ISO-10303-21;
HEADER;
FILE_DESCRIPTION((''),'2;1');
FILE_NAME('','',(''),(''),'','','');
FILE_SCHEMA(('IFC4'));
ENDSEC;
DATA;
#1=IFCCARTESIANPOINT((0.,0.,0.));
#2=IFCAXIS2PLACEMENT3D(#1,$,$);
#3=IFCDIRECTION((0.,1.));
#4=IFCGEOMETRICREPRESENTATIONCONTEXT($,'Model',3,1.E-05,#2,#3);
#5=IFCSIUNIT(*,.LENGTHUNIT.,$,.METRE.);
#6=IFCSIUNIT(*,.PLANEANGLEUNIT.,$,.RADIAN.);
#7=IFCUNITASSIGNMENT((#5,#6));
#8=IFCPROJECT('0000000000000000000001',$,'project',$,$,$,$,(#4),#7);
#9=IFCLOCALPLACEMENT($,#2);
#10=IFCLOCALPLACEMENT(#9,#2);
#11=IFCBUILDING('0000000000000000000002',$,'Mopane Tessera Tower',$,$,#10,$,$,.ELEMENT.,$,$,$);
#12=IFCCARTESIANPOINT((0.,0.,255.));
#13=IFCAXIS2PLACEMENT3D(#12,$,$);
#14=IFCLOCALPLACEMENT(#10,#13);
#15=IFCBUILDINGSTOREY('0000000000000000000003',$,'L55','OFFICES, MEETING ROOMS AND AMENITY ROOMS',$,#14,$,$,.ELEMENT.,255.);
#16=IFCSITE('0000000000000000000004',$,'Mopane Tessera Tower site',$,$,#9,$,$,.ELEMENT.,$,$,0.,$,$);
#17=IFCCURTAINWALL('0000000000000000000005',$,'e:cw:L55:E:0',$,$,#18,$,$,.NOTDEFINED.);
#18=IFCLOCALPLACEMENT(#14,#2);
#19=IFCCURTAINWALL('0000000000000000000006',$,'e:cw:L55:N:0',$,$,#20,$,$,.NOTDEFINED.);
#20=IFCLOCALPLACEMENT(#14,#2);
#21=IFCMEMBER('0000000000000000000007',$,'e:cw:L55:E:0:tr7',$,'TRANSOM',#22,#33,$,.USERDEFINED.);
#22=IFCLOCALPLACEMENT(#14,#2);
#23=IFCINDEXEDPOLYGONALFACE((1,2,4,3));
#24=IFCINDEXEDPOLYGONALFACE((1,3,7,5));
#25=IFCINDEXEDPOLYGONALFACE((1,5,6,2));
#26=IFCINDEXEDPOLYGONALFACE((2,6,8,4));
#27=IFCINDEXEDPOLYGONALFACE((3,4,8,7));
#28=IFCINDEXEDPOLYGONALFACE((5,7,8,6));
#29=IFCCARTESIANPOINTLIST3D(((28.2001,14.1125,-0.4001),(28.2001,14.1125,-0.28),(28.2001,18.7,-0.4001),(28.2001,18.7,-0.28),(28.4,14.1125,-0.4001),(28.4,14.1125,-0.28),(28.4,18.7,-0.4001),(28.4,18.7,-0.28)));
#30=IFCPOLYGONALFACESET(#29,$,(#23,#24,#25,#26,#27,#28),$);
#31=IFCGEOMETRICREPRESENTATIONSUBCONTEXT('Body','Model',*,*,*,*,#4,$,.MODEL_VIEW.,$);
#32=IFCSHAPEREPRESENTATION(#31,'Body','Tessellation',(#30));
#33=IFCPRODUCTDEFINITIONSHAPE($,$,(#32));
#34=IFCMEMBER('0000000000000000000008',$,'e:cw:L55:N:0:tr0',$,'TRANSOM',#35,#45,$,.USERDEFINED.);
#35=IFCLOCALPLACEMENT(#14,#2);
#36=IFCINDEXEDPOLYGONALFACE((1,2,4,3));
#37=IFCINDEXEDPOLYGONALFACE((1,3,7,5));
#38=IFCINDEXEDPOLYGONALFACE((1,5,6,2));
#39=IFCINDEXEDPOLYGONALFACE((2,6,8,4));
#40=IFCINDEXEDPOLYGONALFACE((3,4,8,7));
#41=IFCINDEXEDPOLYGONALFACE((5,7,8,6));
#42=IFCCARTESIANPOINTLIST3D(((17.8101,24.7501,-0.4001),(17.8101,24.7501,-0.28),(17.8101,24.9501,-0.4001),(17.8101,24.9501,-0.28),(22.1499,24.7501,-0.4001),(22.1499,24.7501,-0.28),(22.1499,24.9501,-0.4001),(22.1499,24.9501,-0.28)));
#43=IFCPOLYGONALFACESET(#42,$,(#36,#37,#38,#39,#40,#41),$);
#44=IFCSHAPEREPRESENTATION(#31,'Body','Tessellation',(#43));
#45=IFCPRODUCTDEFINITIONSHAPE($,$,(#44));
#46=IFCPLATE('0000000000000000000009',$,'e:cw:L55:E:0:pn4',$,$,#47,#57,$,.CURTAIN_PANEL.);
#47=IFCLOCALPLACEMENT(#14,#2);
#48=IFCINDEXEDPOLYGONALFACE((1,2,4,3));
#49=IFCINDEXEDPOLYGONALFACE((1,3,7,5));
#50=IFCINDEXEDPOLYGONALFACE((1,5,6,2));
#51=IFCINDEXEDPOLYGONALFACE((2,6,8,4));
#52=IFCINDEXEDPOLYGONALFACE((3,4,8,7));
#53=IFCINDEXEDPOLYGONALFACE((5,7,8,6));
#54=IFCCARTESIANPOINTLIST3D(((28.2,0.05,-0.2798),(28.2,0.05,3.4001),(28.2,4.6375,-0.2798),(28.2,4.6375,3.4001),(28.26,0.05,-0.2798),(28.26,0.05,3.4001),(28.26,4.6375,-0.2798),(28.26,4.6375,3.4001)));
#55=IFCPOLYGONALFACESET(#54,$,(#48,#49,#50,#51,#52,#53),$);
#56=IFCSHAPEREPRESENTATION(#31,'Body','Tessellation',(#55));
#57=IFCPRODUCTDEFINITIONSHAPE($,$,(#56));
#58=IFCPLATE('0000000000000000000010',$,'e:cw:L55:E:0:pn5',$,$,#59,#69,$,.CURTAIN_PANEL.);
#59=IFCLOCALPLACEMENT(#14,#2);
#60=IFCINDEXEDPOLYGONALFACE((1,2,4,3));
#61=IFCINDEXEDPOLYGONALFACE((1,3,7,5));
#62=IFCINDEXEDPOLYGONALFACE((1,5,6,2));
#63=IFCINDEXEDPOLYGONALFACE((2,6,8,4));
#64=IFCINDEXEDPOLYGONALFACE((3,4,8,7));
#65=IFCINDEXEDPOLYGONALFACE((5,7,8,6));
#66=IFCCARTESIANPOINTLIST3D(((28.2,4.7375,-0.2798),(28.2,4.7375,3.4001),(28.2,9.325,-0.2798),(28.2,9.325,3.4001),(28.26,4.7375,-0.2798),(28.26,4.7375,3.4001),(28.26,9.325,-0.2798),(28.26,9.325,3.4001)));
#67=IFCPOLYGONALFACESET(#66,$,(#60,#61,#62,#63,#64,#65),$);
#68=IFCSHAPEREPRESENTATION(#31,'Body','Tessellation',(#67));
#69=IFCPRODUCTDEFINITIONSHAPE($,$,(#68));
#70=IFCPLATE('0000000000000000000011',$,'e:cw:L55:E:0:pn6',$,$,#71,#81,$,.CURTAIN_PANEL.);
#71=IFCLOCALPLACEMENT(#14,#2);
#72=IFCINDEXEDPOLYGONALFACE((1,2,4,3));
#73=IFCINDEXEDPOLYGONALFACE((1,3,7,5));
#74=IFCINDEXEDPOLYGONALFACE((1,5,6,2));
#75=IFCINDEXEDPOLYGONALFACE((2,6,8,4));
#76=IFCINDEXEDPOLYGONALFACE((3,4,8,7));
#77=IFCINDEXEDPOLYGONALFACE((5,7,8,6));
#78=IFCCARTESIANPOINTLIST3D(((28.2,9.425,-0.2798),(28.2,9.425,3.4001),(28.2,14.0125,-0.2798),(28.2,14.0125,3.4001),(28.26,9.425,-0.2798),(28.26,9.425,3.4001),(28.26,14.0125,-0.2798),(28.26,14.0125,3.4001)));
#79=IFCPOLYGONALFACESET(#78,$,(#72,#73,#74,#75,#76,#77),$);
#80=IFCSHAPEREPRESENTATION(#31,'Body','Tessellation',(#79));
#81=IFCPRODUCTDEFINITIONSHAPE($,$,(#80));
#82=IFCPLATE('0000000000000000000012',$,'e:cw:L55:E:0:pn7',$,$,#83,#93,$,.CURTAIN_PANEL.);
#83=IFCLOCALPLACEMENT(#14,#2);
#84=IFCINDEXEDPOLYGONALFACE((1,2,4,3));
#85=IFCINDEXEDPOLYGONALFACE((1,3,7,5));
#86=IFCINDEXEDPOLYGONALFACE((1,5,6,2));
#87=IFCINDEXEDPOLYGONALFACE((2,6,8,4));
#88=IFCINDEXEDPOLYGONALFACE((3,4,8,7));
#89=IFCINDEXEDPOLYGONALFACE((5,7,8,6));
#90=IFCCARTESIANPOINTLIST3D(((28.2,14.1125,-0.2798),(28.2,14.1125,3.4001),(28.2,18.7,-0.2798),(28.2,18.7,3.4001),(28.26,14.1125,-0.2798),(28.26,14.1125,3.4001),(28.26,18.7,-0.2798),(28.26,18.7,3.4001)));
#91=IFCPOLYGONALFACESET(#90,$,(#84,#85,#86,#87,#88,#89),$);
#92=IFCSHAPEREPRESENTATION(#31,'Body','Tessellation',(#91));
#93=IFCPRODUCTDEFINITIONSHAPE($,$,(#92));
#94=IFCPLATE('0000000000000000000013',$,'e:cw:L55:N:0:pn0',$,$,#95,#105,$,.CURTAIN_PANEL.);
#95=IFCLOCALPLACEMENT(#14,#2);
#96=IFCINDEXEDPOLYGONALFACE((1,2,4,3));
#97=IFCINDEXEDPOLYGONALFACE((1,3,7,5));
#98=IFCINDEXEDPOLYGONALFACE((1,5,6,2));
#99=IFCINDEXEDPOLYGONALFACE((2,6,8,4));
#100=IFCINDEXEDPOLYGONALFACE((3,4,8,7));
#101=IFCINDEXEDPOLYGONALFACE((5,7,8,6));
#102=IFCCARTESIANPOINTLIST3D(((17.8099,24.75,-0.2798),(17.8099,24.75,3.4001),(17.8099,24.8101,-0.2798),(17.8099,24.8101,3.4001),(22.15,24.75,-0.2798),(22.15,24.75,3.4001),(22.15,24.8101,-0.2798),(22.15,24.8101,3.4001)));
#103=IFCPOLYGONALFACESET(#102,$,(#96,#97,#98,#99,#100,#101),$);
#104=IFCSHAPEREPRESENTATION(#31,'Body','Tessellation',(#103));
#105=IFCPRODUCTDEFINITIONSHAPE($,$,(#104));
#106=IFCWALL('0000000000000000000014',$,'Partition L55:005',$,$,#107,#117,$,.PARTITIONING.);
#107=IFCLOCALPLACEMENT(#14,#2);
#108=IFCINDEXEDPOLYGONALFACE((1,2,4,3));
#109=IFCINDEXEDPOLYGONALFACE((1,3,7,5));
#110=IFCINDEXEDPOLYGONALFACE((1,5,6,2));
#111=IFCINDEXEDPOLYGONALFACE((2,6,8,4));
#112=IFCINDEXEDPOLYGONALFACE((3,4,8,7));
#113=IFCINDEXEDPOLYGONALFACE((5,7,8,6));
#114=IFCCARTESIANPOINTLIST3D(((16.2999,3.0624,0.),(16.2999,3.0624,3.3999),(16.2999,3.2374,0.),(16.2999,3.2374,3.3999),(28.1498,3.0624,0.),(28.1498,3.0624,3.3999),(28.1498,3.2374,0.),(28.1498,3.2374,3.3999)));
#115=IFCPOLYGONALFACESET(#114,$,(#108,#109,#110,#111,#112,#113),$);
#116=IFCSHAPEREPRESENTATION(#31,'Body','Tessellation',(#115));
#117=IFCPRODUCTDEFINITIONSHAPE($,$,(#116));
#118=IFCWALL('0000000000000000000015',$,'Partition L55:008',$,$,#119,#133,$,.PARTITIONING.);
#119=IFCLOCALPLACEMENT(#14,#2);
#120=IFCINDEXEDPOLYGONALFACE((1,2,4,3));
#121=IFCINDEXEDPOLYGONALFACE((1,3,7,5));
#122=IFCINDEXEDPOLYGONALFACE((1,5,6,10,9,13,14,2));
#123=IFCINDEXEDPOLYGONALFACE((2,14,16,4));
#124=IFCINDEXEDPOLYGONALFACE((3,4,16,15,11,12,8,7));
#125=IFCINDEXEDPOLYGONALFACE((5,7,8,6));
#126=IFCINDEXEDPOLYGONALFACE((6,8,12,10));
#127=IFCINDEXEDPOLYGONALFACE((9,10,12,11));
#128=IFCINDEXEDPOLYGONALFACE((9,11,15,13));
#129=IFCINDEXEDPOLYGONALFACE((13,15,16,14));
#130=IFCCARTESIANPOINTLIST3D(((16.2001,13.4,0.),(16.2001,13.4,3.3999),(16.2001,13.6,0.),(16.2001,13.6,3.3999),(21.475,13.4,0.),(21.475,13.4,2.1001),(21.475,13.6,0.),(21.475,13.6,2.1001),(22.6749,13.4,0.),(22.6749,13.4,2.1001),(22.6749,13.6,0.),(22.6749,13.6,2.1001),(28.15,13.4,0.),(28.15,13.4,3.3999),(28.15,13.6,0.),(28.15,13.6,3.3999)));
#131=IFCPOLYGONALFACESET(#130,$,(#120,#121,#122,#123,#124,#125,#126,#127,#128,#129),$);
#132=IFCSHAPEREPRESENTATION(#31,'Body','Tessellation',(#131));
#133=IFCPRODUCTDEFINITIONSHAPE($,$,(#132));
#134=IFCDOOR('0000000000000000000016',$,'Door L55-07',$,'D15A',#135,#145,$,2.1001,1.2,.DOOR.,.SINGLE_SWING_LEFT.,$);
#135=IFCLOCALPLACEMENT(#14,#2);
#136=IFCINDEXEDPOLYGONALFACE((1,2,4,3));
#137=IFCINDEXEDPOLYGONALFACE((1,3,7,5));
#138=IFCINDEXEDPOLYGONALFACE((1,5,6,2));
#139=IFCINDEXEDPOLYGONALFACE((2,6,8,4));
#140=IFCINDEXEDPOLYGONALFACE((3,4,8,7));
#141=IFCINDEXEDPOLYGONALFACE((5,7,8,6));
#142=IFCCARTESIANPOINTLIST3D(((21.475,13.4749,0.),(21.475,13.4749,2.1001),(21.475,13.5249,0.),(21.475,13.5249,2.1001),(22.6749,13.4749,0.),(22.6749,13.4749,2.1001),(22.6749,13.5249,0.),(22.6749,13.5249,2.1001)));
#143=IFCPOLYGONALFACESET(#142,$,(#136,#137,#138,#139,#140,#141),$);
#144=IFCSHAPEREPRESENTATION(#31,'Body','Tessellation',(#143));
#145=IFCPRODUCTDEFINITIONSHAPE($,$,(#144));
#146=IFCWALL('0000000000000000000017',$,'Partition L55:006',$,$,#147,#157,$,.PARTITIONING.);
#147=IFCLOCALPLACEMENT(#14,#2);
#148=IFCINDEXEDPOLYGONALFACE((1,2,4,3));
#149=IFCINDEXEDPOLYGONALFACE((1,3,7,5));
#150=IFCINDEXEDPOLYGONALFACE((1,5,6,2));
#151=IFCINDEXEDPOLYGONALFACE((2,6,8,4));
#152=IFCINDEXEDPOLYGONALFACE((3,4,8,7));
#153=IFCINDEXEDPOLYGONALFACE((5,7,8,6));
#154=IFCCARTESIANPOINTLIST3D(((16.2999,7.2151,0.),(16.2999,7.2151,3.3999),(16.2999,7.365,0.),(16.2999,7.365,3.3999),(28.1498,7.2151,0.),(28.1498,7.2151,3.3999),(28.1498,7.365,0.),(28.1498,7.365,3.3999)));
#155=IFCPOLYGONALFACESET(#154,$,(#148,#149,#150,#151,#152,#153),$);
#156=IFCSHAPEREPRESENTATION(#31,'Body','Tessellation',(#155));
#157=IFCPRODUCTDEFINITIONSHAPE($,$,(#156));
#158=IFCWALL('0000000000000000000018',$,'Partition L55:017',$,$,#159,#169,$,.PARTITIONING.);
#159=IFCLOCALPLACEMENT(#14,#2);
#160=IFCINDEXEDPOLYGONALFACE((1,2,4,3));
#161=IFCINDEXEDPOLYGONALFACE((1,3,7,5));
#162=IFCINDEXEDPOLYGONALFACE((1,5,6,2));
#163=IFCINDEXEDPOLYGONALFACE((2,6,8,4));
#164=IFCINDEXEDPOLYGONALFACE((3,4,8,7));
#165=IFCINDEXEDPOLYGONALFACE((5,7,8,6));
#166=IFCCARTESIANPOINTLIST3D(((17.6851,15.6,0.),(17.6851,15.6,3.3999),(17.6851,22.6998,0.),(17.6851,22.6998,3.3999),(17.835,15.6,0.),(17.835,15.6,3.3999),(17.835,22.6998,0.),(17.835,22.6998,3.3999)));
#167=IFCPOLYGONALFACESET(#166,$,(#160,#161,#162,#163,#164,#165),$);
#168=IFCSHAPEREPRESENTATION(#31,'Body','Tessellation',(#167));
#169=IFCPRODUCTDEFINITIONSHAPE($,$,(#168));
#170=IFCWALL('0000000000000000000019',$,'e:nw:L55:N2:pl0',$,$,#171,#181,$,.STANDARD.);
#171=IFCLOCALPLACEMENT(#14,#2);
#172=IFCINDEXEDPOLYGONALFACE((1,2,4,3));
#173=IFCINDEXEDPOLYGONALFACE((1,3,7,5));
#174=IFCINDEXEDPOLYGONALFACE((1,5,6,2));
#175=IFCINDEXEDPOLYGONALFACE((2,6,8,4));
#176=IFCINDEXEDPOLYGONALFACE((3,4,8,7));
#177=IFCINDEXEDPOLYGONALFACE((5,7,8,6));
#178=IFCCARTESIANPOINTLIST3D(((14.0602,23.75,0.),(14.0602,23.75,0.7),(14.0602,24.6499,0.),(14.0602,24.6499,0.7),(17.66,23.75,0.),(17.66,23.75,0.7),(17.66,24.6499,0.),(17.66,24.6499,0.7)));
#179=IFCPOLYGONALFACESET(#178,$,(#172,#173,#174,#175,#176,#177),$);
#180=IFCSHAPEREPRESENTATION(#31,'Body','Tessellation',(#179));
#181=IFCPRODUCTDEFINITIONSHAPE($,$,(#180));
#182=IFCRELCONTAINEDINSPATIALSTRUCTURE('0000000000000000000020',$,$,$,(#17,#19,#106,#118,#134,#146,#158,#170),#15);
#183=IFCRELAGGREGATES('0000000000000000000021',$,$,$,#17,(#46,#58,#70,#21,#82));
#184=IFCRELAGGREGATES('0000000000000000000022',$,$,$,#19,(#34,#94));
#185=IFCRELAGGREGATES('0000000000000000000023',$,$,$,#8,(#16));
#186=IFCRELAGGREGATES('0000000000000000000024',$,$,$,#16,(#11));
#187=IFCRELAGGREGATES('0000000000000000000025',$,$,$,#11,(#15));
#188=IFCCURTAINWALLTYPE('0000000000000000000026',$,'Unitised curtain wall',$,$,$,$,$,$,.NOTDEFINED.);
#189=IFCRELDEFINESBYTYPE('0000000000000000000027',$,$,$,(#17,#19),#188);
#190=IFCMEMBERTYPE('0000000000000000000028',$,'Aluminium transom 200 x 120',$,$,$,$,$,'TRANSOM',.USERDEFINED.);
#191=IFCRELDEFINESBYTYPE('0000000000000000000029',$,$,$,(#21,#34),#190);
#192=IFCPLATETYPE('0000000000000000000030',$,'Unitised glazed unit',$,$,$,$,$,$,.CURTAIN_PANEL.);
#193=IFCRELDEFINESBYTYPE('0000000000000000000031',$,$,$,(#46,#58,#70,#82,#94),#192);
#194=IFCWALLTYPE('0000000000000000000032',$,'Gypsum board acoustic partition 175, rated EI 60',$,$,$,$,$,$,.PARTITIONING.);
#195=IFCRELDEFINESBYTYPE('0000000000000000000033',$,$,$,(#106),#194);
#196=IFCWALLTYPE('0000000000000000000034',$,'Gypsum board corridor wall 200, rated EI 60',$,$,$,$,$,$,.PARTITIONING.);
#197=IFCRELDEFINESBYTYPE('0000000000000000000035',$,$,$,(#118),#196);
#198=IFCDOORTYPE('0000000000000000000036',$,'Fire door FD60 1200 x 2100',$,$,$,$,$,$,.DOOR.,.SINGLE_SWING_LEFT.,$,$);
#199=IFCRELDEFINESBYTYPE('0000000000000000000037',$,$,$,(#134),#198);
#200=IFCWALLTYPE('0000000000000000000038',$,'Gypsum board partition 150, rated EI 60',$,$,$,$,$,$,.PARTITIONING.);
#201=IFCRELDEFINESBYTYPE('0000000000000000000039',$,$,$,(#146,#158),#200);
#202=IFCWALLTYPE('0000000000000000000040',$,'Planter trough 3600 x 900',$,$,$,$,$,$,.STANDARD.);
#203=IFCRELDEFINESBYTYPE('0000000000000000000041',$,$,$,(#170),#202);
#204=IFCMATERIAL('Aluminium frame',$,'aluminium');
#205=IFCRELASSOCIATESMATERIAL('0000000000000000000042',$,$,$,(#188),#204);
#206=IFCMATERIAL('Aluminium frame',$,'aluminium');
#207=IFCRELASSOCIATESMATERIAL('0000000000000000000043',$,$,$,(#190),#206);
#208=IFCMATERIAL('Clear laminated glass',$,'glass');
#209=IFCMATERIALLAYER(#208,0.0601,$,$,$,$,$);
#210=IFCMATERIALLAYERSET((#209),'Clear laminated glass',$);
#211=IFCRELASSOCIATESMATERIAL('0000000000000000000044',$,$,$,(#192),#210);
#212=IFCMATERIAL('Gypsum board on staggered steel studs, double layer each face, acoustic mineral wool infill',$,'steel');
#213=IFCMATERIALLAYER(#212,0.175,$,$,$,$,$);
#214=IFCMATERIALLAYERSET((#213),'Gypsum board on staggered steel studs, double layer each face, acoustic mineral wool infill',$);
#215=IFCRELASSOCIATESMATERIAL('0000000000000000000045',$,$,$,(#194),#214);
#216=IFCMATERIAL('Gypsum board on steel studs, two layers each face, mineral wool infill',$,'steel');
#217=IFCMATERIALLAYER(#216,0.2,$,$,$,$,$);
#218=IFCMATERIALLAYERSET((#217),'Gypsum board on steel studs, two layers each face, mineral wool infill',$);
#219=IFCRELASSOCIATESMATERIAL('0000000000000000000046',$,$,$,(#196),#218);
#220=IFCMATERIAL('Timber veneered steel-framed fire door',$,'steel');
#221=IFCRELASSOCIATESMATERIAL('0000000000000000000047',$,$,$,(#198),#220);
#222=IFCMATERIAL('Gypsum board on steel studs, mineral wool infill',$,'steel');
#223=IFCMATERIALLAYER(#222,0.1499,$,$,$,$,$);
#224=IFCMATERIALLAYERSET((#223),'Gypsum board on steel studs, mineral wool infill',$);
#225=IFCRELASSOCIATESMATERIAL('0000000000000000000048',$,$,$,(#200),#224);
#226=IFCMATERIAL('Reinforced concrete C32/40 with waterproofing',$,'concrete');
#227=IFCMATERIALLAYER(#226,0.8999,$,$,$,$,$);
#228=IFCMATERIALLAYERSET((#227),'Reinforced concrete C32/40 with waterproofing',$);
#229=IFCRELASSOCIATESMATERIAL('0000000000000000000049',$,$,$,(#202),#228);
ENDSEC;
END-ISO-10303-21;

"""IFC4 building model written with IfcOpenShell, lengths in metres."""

from ifc_helpers import new_model, si_unit, direction, frame, frame_2d, origin, origin_2d, place, context, subcontext, project, spatial, rectangle, extrude, material, layer, layer_set, material_profile, profile_set, type_object, element, fill, aggregate, save


model = new_model("IFC4")

# Units and contexts
model_context = context("Model", 3, precision=1e-05, world=origin(), true_north=direction((0.0, 1.0)))
body_context = subcontext(model_context, "Body", "Model", "MODEL_VIEW")
ifc_project = project(units=[si_unit("LENGTHUNIT", "METRE"), si_unit("PLANEANGLEUNIT", "RADIAN")], contexts=[model_context])

# Site, building, storey
site_placement = place(None, origin())
site = spatial("IfcSite", under=ifc_project, at=site_placement, Name="Mopane Tessera Tower site", CompositionType="ELEMENT", RefElevation=0.0)
building_placement = place(site_placement, origin())
building = spatial("IfcBuilding", under=site, at=building_placement, Name="Mopane Tessera Tower", CompositionType="ELEMENT")
storey_placement = place(building_placement, frame((0.0, 0.0, 255.0)))
storey = spatial("IfcBuildingStorey", under=building, at=storey_placement, Name="L55", Description="OFFICES, MEETING ROOMS AND AMENITY ROOMS", CompositionType="ELEMENT", Elevation=255.0)

# Curtain walls
ifc_material_1 = material(Name="Aluminium frame", Category="aluminium")
curtain_wall_type = type_object("IfcCurtainWallType", Name="Unitised curtain wall", PredefinedType="NOTDEFINED", material=ifc_material_1)
curtain_wall_1_placement = place(storey_placement, origin())
curtain_wall_1 = element("IfcCurtainWall", 1, at=curtain_wall_1_placement, inside=storey, type_object=curtain_wall_type, Name="e:cw:L55:E:0", PredefinedType="NOTDEFINED")
curtain_wall_2_placement = place(storey_placement, origin())
curtain_wall_2 = element("IfcCurtainWall", 2, at=curtain_wall_2_placement, inside=storey, type_object=curtain_wall_type, Name="e:cw:L55:N:0", PredefinedType="NOTDEFINED")

# Members
ifc_material_2 = material(Name="Aluminium frame", Category="aluminium")
ifc_material_profile_1 = material_profile(ifc_material_2, rectangle(XDim=0.2, YDim=0.1201, at=origin_2d()))
ifc_profile_set_1 = profile_set([ifc_material_profile_1], Name="Aluminium frame")
member_type_1 = type_object("IfcMemberType", Name="Aluminium transom 200 x 120", ElementType="TRANSOM", PredefinedType="USERDEFINED", material=ifc_profile_set_1)
member_1_placement = place(storey_placement, frame((28.3, 14.1125, -0.3401), z_axis=(0.0, 1.0, 0.0), x_axis=(-1.0, 0.0, 0.0)))
member_1 = element("IfcMember", 3, at=member_1_placement, type_object=member_type_1, Name="e:cw:L55:E:0:tr7", ObjectType="TRANSOM", PredefinedType="USERDEFINED", context=body_context, shape_type="SweptSolid", body=[
    extrude(rectangle(XDim=0.2, YDim=0.1201, at=origin_2d()), origin(), (0.0, 0.0, 1.0), 4.5874),
])
member_2_placement = place(storey_placement, frame((22.1499, 24.8501, -0.3401), z_axis=(-1.0, 0.0, 0.0), x_axis=(0.0, -1.0, 0.0)))
member_2 = element("IfcMember", 4, at=member_2_placement, type_object=member_type_1, Name="e:cw:L55:N:0:tr0", ObjectType="TRANSOM", PredefinedType="USERDEFINED", context=body_context, shape_type="SweptSolid", body=[
    extrude(rectangle(XDim=0.2, YDim=0.1201, at=origin_2d()), origin(), (0.0, 0.0, 1.0), 4.3398),
])

# Plates
ifc_material_3 = material(Name="Clear laminated glass", Category="glass")
ifc_layer_1 = layer(ifc_material_3, 0.0601)
ifc_layer_set_1 = layer_set([ifc_layer_1], Name="Clear laminated glass")
plate_type = type_object("IfcPlateType", Name="Unitised glazed unit", PredefinedType="CURTAIN_PANEL", material=ifc_layer_set_1)
plate_1_placement = place(storey_placement, frame((28.23, 2.3438, -0.2798), z_axis=(0.0, 0.0, 1.0), x_axis=(0.0, 1.0, 0.0)))
plate_1 = element("IfcPlate", 5, at=plate_1_placement, type_object=plate_type, Name="e:cw:L55:E:0:pn4", PredefinedType="CURTAIN_PANEL", context=body_context, shape_type="SweptSolid", body=[
    extrude(rectangle(XDim=4.5874, YDim=0.0601, at=origin_2d()), origin(), (0.0, 0.0, 1.0), 3.6799),
])
plate_2_placement = place(storey_placement, frame((28.23, 7.0312, -0.2798), z_axis=(0.0, 0.0, 1.0), x_axis=(0.0, 1.0, 0.0)))
plate_2 = element("IfcPlate", 6, at=plate_2_placement, type_object=plate_type, Name="e:cw:L55:E:0:pn5", PredefinedType="CURTAIN_PANEL", context=body_context, shape_type="SweptSolid", body=[
    extrude(rectangle(XDim=4.5874, YDim=0.0601, at=origin_2d()), origin(), (0.0, 0.0, 1.0), 3.6799),
])
plate_3_placement = place(storey_placement, frame((28.23, 11.7188, -0.2798), z_axis=(0.0, 0.0, 1.0), x_axis=(0.0, 1.0, 0.0)))
plate_3 = element("IfcPlate", 7, at=plate_3_placement, type_object=plate_type, Name="e:cw:L55:E:0:pn6", PredefinedType="CURTAIN_PANEL", context=body_context, shape_type="SweptSolid", body=[
    extrude(rectangle(XDim=4.5874, YDim=0.0601, at=origin_2d()), origin(), (0.0, 0.0, 1.0), 3.6799),
])
plate_4_placement = place(storey_placement, frame((28.23, 16.4062, -0.2798), z_axis=(0.0, 0.0, 1.0), x_axis=(0.0, 1.0, 0.0)))
plate_4 = element("IfcPlate", 8, at=plate_4_placement, type_object=plate_type, Name="e:cw:L55:E:0:pn7", PredefinedType="CURTAIN_PANEL", context=body_context, shape_type="SweptSolid", body=[
    extrude(rectangle(XDim=4.5874, YDim=0.0601, at=origin_2d()), origin(), (0.0, 0.0, 1.0), 3.6799),
])
aggregate(curtain_wall_1, [plate_1, plate_2, plate_3, member_1, plate_4])
plate_5_placement = place(storey_placement, frame((19.98, 24.78, -0.2798), z_axis=(0.0, 0.0, 1.0), x_axis=(-1.0, 0.0, 0.0)))
plate_5 = element("IfcPlate", 9, at=plate_5_placement, type_object=plate_type, Name="e:cw:L55:N:0:pn0", PredefinedType="CURTAIN_PANEL", context=body_context, shape_type="SweptSolid", body=[
    extrude(rectangle(XDim=4.3401, YDim=0.0601, at=origin_2d()), origin(), (0.0, 0.0, 1.0), 3.6799),
])
aggregate(curtain_wall_2, [member_2, plate_5])

# Wall
ifc_material_4 = material(Name="Gypsum board on staggered steel studs, double layer each face, acoustic mineral wool infill", Category="steel")
ifc_layer_2 = layer(ifc_material_4, 0.175)
ifc_layer_set_2 = layer_set([ifc_layer_2], Name="Gypsum board on staggered steel studs, double layer each face, acoustic mineral wool infill")
wall_type_1 = type_object("IfcWallType", Name="Gypsum board acoustic partition 175, rated EI 60", PredefinedType="PARTITIONING", material=ifc_layer_set_2)
wall_1_placement = place(storey_placement, frame((16.3, 3.1499, 0.0), z_axis=(0.0, 0.0, 1.0), x_axis=(1.0, 0.0, 0.0)))
element("IfcWall", 10, at=wall_1_placement, inside=storey, type_object=wall_type_1, Name="Partition L55:005", PredefinedType="PARTITIONING", context=body_context, shape_type="SweptSolid", body=[
    extrude(rectangle(XDim=11.8499, YDim=0.175, at=frame_2d((5.9248, 0.0))), origin(), (0.0, 0.0, 1.0), 3.3999),
])

# Wall, opening, door
ifc_material_5 = material(Name="Gypsum board on steel studs, two layers each face, mineral wool infill", Category="steel")
ifc_layer_3 = layer(ifc_material_5, 0.2)
ifc_layer_set_3 = layer_set([ifc_layer_3], Name="Gypsum board on steel studs, two layers each face, mineral wool infill")
wall_type_2 = type_object("IfcWallType", Name="Gypsum board corridor wall 200, rated EI 60", PredefinedType="PARTITIONING", material=ifc_layer_set_3)
wall_2_placement = place(storey_placement, frame((16.2, 13.5, 0.0), z_axis=(0.0, 0.0, 1.0), x_axis=(1.0, 0.0, 0.0)))
wall_2 = element("IfcWall", 11, at=wall_2_placement, inside=storey, type_object=wall_type_2, Name="Partition L55:008", PredefinedType="PARTITIONING", context=body_context, shape_type="SweptSolid", body=[
    extrude(rectangle(XDim=11.95, YDim=0.2, at=frame_2d((5.9751, 0.0))), origin(), (0.0, 0.0, 1.0), 3.3999),
])
opening_1_placement = place(wall_2_placement, frame((5.2749, 0.0, 0.0)))
opening_1 = element("IfcOpeningElement", 12, at=opening_1_placement, cuts=wall_2, PredefinedType="OPENING", context=body_context, shape_type="SweptSolid", body=[
    extrude(rectangle(XDim=1.2, YDim=2.1001, at=frame_2d((0.6001, 1.05))), frame((0.0, 0.1121, 0.0), z_axis=(0.0, -1.0, 0.0), x_axis=(1.0, 0.0, 0.0)), (0.0, 0.0, 1.0), 0.2239),
])
ifc_material_6 = material(Name="Timber veneered steel-framed fire door", Category="steel")
door_type_1 = type_object("IfcDoorType", Name="Fire door FD60 1200 x 2100", OperationType="SINGLE_SWING_LEFT", PredefinedType="DOOR", material=ifc_material_6)
door_1_placement = place(opening_1_placement, origin())
door_1 = element("IfcDoor", 13, at=door_1_placement, inside=storey, type_object=door_type_1, Name="Door L55-07", ObjectType="D15A", OperationType="SINGLE_SWING_LEFT", OverallHeight=2.1001, OverallWidth=1.2, PredefinedType="DOOR", context=body_context, shape_type="SweptSolid", body=[
    extrude(rectangle(XDim=1.2, YDim=2.1001, at=frame_2d((0.6001, 1.05))), frame((0.0, 0.0249, 0.0), z_axis=(0.0, -1.0, 0.0), x_axis=(1.0, 0.0, 0.0)), (0.0, 0.0, 1.0), 0.05),
])
fill(opening_1, door_1)

# Walls
ifc_material_7 = material(Name="Gypsum board on steel studs, mineral wool infill", Category="steel")
ifc_layer_4 = layer(ifc_material_7, 0.1499)
ifc_layer_set_4 = layer_set([ifc_layer_4], Name="Gypsum board on steel studs, mineral wool infill")
wall_type_3 = type_object("IfcWallType", Name="Gypsum board partition 150, rated EI 60", PredefinedType="PARTITIONING", material=ifc_layer_set_4)
wall_3_placement = place(storey_placement, frame((16.3, 7.29, 0.0), z_axis=(0.0, 0.0, 1.0), x_axis=(1.0, 0.0, 0.0)))
element("IfcWall", 14, at=wall_3_placement, inside=storey, type_object=wall_type_3, Name="Partition L55:006", PredefinedType="PARTITIONING", context=body_context, shape_type="SweptSolid", body=[
    extrude(rectangle(XDim=11.8499, YDim=0.1499, at=frame_2d((5.9248, 0.0))), origin(), (0.0, 0.0, 1.0), 3.3999),
])
wall_4_placement = place(storey_placement, frame((17.76, 15.6001, 0.0), z_axis=(0.0, 0.0, 1.0), x_axis=(0.0, 1.0, 0.0)))
element("IfcWall", 15, at=wall_4_placement, inside=storey, type_object=wall_type_3, Name="Partition L55:017", PredefinedType="PARTITIONING", context=body_context, shape_type="SweptSolid", body=[
    extrude(rectangle(XDim=7.0999, YDim=0.1499, at=frame_2d((3.5498, 0.0))), origin(), (0.0, 0.0, 1.0), 3.3999),
])
ifc_material_8 = material(Name="Reinforced concrete C32/40 with waterproofing", Category="concrete")
ifc_layer_5 = layer(ifc_material_8, 0.8999)
ifc_layer_set_5 = layer_set([ifc_layer_5], Name="Reinforced concrete C32/40 with waterproofing")
wall_type_4 = type_object("IfcWallType", Name="Planter trough 3600 x 900", PredefinedType="STANDARD", material=ifc_layer_set_5)
wall_5_placement = place(storey_placement, frame((17.6599, 24.2, 0.0), z_axis=(0.0, 0.0, 1.0), x_axis=(-1.0, 0.0, 0.0)))
element("IfcWall", 16, at=wall_5_placement, inside=storey, type_object=wall_type_4, Name="e:nw:L55:N2:pl0", PredefinedType="STANDARD", context=body_context, shape_type="SweptSolid", body=[
    extrude(rectangle(XDim=3.5999, YDim=0.8999, at=frame_2d((1.7998, 0.0))), origin(), (0.0, 0.0, 1.0), 0.7),
])

save(model, "model.ifc")
